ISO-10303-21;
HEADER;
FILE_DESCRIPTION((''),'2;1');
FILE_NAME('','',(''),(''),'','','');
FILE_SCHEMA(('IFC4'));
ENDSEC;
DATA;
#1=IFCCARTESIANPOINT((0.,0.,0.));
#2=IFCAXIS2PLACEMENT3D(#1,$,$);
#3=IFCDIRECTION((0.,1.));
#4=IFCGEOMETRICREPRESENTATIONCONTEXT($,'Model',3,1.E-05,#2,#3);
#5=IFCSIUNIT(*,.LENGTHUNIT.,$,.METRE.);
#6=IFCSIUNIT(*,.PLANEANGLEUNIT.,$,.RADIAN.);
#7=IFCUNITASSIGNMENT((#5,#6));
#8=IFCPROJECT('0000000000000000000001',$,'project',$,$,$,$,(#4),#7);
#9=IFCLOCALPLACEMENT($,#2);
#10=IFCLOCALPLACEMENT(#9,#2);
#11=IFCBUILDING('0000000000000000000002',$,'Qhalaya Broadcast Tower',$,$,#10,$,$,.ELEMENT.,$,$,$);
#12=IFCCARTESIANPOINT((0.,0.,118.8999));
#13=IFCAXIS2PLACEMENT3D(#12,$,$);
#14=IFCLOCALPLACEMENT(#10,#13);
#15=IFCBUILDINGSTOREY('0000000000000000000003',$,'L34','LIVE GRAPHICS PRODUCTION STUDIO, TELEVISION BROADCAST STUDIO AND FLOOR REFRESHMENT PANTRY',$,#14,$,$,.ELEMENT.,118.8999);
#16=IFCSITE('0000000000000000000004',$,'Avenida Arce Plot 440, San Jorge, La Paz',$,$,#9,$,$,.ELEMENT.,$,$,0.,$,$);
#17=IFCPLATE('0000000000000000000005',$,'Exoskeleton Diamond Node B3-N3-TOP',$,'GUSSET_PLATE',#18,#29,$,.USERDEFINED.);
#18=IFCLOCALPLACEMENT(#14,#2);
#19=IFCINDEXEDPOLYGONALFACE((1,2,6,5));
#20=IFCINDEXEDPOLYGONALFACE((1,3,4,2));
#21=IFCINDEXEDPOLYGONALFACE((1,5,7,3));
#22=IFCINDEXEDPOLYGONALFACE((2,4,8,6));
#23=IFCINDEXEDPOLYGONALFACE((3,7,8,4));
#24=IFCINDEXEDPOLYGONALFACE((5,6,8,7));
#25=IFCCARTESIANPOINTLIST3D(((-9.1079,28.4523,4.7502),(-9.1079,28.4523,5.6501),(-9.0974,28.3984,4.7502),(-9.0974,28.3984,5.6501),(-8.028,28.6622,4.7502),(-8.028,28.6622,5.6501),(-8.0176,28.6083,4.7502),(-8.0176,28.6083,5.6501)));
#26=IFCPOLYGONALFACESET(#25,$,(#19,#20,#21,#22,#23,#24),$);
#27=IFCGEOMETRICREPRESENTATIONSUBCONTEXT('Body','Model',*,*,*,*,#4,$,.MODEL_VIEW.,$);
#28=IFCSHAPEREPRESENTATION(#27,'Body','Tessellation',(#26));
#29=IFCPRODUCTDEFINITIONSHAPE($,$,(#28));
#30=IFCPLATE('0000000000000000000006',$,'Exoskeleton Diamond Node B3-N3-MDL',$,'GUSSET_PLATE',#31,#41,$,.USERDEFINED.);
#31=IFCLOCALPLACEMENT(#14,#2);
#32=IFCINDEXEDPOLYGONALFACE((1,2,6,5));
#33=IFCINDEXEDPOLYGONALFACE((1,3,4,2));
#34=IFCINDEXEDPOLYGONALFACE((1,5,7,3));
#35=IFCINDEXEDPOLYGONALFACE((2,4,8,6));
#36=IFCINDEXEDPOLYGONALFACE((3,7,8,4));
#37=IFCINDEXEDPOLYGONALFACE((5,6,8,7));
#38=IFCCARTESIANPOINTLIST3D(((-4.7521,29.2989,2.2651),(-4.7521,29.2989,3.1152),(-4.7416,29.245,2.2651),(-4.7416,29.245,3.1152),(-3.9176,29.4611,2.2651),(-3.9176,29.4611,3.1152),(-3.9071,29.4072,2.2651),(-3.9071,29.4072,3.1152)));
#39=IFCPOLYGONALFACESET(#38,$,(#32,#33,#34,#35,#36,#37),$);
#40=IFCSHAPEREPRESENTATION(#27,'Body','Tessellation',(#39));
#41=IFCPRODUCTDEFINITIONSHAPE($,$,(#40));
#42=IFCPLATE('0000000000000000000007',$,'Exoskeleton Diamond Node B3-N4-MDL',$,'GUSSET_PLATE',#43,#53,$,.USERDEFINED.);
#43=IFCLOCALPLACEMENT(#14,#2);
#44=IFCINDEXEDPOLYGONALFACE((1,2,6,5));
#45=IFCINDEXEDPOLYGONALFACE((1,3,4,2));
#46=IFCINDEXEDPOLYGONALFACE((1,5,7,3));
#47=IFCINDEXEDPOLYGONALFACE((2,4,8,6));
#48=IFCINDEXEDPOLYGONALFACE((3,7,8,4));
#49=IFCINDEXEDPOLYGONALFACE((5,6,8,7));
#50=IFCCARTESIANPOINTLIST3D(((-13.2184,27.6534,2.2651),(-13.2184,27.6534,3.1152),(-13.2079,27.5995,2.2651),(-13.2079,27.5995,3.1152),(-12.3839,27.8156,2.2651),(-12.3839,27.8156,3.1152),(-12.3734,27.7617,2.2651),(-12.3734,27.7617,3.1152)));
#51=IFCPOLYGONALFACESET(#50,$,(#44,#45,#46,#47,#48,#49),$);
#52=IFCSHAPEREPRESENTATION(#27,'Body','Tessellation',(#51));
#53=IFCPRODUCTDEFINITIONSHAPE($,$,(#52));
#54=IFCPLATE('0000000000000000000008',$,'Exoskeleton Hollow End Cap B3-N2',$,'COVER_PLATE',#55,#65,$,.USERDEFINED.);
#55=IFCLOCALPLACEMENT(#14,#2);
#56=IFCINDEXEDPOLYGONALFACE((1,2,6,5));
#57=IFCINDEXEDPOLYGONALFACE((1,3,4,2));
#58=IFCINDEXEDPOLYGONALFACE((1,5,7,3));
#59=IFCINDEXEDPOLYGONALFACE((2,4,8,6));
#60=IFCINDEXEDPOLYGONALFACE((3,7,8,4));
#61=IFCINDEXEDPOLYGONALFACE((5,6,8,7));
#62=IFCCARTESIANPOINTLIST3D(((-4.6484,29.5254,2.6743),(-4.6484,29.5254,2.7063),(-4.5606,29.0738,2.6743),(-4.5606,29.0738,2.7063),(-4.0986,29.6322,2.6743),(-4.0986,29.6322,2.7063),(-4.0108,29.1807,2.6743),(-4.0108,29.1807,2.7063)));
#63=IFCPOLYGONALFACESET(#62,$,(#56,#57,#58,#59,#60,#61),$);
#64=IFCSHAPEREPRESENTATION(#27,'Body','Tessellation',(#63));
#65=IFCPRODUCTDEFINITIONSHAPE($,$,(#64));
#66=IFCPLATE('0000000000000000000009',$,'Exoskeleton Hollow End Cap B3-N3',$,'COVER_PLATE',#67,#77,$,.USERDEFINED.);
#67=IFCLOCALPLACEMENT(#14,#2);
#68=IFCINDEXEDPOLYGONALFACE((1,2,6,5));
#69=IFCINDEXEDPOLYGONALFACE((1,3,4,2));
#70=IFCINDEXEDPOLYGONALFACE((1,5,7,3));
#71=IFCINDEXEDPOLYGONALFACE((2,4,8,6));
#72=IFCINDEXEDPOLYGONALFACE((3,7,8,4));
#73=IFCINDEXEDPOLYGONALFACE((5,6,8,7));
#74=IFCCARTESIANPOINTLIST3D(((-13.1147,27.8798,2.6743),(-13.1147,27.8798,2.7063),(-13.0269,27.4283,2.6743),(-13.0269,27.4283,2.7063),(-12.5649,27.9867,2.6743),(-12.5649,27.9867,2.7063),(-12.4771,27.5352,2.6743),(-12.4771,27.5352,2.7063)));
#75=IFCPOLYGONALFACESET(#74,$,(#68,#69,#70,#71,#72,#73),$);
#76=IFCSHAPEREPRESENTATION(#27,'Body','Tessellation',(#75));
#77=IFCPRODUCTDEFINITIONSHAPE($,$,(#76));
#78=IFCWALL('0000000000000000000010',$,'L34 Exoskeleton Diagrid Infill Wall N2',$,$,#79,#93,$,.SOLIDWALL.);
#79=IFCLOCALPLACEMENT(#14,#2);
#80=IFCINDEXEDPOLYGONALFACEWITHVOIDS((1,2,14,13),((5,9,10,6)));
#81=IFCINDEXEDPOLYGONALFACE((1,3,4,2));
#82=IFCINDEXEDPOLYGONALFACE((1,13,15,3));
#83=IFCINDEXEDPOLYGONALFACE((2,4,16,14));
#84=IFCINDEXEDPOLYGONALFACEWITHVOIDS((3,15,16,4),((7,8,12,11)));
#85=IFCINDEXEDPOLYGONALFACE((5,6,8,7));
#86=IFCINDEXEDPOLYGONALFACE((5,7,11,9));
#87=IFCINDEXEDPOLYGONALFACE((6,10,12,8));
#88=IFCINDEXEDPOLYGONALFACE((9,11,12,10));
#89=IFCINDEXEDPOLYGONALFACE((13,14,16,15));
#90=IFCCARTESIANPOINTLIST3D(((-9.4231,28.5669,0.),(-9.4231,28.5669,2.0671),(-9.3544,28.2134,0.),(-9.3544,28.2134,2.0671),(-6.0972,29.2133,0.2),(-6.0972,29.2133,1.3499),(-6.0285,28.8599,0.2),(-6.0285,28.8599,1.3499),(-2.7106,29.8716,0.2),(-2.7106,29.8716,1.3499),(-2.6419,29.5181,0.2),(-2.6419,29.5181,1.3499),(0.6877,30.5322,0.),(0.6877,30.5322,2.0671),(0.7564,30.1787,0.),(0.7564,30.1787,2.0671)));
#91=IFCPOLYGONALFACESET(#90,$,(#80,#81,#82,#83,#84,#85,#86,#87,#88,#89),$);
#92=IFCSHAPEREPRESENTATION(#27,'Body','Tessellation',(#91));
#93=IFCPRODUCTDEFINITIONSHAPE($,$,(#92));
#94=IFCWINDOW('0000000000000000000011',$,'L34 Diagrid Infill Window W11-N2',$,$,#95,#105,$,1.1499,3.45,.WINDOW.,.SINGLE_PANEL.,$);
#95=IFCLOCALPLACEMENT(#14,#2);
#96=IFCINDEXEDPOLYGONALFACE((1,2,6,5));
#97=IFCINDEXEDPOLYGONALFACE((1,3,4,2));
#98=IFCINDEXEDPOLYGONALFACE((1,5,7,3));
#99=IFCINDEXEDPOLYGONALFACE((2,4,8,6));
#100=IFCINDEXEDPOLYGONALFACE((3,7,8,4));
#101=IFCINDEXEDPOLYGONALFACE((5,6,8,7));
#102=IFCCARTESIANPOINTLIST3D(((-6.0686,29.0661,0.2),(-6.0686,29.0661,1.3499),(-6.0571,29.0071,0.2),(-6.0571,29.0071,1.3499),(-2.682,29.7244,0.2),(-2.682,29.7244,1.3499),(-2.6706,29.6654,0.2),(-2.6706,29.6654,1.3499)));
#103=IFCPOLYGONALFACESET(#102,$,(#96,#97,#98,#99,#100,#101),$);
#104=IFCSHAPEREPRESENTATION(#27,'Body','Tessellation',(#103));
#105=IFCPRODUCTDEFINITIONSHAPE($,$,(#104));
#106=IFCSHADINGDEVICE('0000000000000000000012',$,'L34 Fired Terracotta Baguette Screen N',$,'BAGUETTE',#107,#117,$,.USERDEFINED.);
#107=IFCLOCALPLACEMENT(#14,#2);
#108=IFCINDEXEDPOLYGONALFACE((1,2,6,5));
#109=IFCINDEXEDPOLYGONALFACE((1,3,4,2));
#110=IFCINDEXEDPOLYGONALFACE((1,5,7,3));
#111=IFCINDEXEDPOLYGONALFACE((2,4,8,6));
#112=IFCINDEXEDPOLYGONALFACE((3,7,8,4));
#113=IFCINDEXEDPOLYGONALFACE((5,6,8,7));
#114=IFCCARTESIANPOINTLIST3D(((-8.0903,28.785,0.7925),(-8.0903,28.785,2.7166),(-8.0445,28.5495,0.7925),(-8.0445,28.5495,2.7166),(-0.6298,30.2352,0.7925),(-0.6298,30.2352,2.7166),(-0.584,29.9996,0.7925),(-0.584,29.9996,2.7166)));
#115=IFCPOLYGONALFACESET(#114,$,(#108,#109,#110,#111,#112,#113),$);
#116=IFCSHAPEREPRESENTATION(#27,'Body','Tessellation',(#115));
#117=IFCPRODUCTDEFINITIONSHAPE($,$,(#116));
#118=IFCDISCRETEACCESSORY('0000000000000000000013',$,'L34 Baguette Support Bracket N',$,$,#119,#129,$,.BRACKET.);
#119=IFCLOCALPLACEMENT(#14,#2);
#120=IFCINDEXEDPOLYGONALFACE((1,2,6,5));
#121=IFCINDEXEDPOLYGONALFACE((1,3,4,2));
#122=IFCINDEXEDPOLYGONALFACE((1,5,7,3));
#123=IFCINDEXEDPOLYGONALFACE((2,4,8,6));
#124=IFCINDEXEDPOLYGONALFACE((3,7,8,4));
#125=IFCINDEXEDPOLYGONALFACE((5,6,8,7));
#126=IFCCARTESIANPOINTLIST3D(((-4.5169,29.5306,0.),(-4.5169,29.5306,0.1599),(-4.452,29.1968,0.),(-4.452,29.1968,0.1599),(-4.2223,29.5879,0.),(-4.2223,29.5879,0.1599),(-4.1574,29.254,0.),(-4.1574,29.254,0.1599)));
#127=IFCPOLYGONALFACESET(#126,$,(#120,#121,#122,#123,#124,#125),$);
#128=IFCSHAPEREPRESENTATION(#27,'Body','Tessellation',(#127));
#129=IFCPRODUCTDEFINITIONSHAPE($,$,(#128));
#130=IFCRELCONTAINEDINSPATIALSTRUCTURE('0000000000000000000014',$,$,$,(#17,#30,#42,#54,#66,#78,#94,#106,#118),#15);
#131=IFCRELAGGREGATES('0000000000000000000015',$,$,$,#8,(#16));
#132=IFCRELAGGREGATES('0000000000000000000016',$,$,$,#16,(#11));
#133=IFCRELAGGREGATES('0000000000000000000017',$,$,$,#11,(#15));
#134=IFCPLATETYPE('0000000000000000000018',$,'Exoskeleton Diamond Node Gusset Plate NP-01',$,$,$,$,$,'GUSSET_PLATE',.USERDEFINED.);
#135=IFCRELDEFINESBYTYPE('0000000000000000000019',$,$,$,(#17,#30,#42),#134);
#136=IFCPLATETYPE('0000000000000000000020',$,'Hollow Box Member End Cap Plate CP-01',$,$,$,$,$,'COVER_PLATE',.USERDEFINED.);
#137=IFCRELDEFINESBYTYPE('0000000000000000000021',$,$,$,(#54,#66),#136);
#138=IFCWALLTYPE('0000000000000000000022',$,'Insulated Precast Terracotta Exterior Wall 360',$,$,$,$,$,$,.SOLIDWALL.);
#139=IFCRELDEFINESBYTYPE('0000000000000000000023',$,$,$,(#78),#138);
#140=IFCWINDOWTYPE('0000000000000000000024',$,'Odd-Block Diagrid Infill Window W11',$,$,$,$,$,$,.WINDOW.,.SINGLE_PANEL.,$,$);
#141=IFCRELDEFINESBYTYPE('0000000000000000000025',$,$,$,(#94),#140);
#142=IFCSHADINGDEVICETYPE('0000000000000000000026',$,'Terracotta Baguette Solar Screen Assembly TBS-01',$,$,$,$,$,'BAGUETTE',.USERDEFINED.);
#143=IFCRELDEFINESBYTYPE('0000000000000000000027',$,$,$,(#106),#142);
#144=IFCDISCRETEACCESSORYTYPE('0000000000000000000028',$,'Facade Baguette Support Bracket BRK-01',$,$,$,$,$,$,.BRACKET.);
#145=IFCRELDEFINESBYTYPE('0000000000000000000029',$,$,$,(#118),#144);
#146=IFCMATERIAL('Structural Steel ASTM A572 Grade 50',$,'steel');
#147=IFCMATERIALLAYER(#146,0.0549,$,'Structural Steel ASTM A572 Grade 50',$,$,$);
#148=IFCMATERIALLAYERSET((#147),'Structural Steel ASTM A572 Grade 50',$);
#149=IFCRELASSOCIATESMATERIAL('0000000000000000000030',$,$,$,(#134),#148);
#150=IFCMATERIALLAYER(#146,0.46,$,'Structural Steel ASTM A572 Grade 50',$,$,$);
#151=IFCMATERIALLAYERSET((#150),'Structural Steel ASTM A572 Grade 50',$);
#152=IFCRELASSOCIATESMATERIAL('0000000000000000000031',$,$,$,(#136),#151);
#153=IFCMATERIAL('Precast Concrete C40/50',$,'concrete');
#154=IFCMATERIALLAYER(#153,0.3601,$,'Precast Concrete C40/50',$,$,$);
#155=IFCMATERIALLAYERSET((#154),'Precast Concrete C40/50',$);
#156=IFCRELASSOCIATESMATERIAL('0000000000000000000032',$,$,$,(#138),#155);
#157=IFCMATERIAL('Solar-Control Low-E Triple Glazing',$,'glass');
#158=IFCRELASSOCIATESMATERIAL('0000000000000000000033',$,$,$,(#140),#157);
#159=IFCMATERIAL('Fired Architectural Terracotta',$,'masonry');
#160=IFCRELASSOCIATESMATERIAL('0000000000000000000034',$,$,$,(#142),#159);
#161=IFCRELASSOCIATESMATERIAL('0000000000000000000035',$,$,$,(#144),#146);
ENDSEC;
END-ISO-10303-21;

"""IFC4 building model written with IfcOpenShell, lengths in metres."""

from ifc_helpers import new_model, si_unit, direction, frame, frame_2d, origin, origin_2d, place, context, subcontext, project, spatial, rectangle, extrude, material, layer, layer_set, type_object, element, fill, save


model = new_model("IFC4")

# Units and contexts
model_context = context("Model", 3, precision=1e-05, world=origin(), true_north=direction((0.0, 1.0)))
body_context = subcontext(model_context, "Body", "Model", "MODEL_VIEW")
ifc_project = project(units=[si_unit("LENGTHUNIT", "METRE"), si_unit("PLANEANGLEUNIT", "RADIAN")], contexts=[model_context])

# Site, building, storey
site_placement = place(None, origin())
site = spatial("IfcSite", under=ifc_project, at=site_placement, Name="Avenida Arce Plot 440, San Jorge, La Paz", CompositionType="ELEMENT", RefElevation=0.0)
building_placement = place(site_placement, origin())
building = spatial("IfcBuilding", under=site, at=building_placement, Name="Qhalaya Broadcast Tower", CompositionType="ELEMENT")
storey_placement = place(building_placement, frame((0.0, 0.0, 118.8999)))
storey = spatial("IfcBuildingStorey", under=building, at=storey_placement, Name="L34", Description="LIVE GRAPHICS PRODUCTION STUDIO, TELEVISION BROADCAST STUDIO AND FLOOR REFRESHMENT PANTRY", CompositionType="ELEMENT", Elevation=118.8999)

# Shared definitions
ifc_material_1 = material(Name="Structural Steel ASTM A572 Grade 50", Category="steel")

# Plates
ifc_layer_1 = layer(ifc_material_1, 0.0549, Name="Structural Steel ASTM A572 Grade 50")
ifc_layer_set_1 = layer_set([ifc_layer_1], Name="Structural Steel ASTM A572 Grade 50")
plate_type_1 = type_object("IfcPlateType", Name="Exoskeleton Diamond Node Gusset Plate NP-01", ElementType="GUSSET_PLATE", PredefinedType="USERDEFINED", material=ifc_layer_set_1)
for number, where, z_axis, x_axis, name in (
    (1, (-8.5627, 28.5303, 4.7502), (0.0, 0.0, 1.0), (0.981627, 0.190809, 0.0), "Exoskeleton Diamond Node B3-N3-TOP"),
):
    element("IfcPlate", number, at=place(storey_placement, frame(where, z_axis=z_axis, x_axis=x_axis)), inside=storey, type_object=plate_type_1, Name=name, ObjectType="GUSSET_PLATE", PredefinedType="USERDEFINED", context=body_context, shape_type="SweptSolid", body=[
        extrude(rectangle(XDim=1.1001, YDim=0.0549, at=origin_2d()), origin(), (0.0, 0.0, 1.0), 0.8999),
    ])
for number, where, z_axis, x_axis, name in (
    (2, (-4.3296, 29.353, 2.2651), (0.0, 0.0, 1.0), (0.981627, 0.190809, 0.0), "Exoskeleton Diamond Node B3-N3-MDL"),
    (3, (-12.7959, 27.7075, 2.2651), (0.0, 0.0, 1.0), (0.981627, 0.190809, 0.0), "Exoskeleton Diamond Node B3-N4-MDL"),
):
    element("IfcPlate", number, at=place(storey_placement, frame(where, z_axis=z_axis, x_axis=x_axis)), inside=storey, type_object=plate_type_1, Name=name, ObjectType="GUSSET_PLATE", PredefinedType="USERDEFINED", context=body_context, shape_type="SweptSolid", body=[
        extrude(rectangle(XDim=0.8501, YDim=0.0549, at=origin_2d()), origin(), (0.0, 0.0, 1.0), 0.8501),
    ])
ifc_layer_2 = layer(ifc_material_1, 0.46, Name="Structural Steel ASTM A572 Grade 50")
ifc_layer_set_2 = layer_set([ifc_layer_2], Name="Structural Steel ASTM A572 Grade 50")
plate_type_2 = type_object("IfcPlateType", Name="Hollow Box Member End Cap Plate CP-01", ElementType="COVER_PLATE", PredefinedType="USERDEFINED", material=ifc_layer_set_2)
for number, where, z_axis, x_axis, name in (
    (4, (-4.3296, 29.353, 2.6743), (0.0, 0.0, 1.0), (0.981627, 0.190809, 0.0), "Exoskeleton Hollow End Cap B3-N2"),
    (5, (-12.7959, 27.7075, 2.6743), (0.0, 0.0, 1.0), (0.981627, 0.190809, 0.0), "Exoskeleton Hollow End Cap B3-N3"),
):
    element("IfcPlate", number, at=place(storey_placement, frame(where, z_axis=z_axis, x_axis=x_axis)), inside=storey, type_object=plate_type_2, Name=name, ObjectType="COVER_PLATE", PredefinedType="USERDEFINED", context=body_context, shape_type="SweptSolid", body=[
        extrude(rectangle(XDim=0.5601, YDim=0.46, at=origin_2d()), origin(), (0.0, 0.0, 1.0), 0.032),
    ])

# Wall, opening, window
ifc_material_2 = material(Name="Precast Concrete C40/50", Category="concrete")
ifc_layer_3 = layer(ifc_material_2, 0.3601, Name="Precast Concrete C40/50")
ifc_layer_set_3 = layer_set([ifc_layer_3], Name="Precast Concrete C40/50")
wall_type = type_object("IfcWallType", Name="Insulated Precast Terracotta Exterior Wall 360", PredefinedType="SOLIDWALL", material=ifc_layer_set_3)
wall_placement = place(storey_placement, frame((-9.3887, 28.3901, 0.0), z_axis=(0.0, 0.0, 1.0), x_axis=(0.981627, 0.190807, 0.0)))
wall = element("IfcWall", 6, at=wall_placement, inside=storey, type_object=wall_type, Name="L34 Exoskeleton Diagrid Infill Wall N2", PredefinedType="SOLIDWALL", context=body_context, shape_type="SweptSolid", body=[
    extrude(rectangle(XDim=10.3, YDim=0.3601, at=frame_2d((5.1499, 0.0))), origin(), (0.0, 0.0, 1.0), 2.0671),
])
opening_placement = place(wall_placement, frame((3.3879, 0.0, 0.2)))
opening = element("IfcOpeningElement", 7, at=opening_placement, cuts=wall, PredefinedType="OPENING", context=body_context, shape_type="SweptSolid", body=[
    extrude(rectangle(XDim=3.45, YDim=1.1499, at=frame_2d((1.7251, 0.575))), frame((0.0, 0.1921, 0.0), z_axis=(0.0, -1.0, 0.0), x_axis=(1.0, 0.0, 0.0)), (0.0, 0.0, 1.0), 0.384),
])
ifc_material_3 = material(Name="Solar-Control Low-E Triple Glazing", Category="glass")
window_type = type_object("IfcWindowType", Name="Odd-Block Diagrid Infill Window W11", PartitioningType="SINGLE_PANEL", PredefinedType="WINDOW", material=ifc_material_3)
window_placement = place(opening_placement, origin())
window = element("IfcWindow", 8, at=window_placement, inside=storey, type_object=window_type, Name="L34 Diagrid Infill Window W11-N2", OverallHeight=1.1499, OverallWidth=3.45, PartitioningType="SINGLE_PANEL", PredefinedType="WINDOW", context=body_context, shape_type="SweptSolid", body=[
    extrude(rectangle(XDim=3.45, YDim=1.1499, at=frame_2d((1.7251, 0.575))), frame((0.0, 0.03, 0.0), z_axis=(0.0, -1.0, 0.0), x_axis=(1.0, 0.0, 0.0)), (0.0, 0.0, 1.0), 0.0601),
])
fill(opening, window)

# Shading device
ifc_material_4 = material(Name="Fired Architectural Terracotta", Category="masonry")
shading_device_type = type_object("IfcShadingDeviceType", Name="Terracotta Baguette Solar Screen Assembly TBS-01", ElementType="BAGUETTE", PredefinedType="USERDEFINED", material=ifc_material_4)
shading_device_placement = place(storey_placement, frame((-4.3372, 29.3923, 0.7925), z_axis=(0.0, 0.0, 1.0), x_axis=(-0.981627, -0.190809, 0.0)))
element("IfcShadingDevice", 9, at=shading_device_placement, inside=storey, type_object=shading_device_type, Name="L34 Fired Terracotta Baguette Screen N", ObjectType="BAGUETTE", PredefinedType="USERDEFINED", context=body_context, shape_type="SweptSolid", body=[
    extrude(rectangle(XDim=7.6001, YDim=0.24, at=origin_2d()), origin(), (0.0, 0.0, 1.0), 1.9241),
])

# Discrete accessory
discrete_accessory_type = type_object("IfcDiscreteAccessoryType", Name="Facade Baguette Support Bracket BRK-01", PredefinedType="BRACKET", material=ifc_material_1)
discrete_accessory_placement = place(storey_placement, frame((-4.3372, 29.3923, 0.0), z_axis=(0.0, 0.0, 1.0), x_axis=(-0.981627, -0.190809, 0.0)))
element("IfcDiscreteAccessory", 10, at=discrete_accessory_placement, inside=storey, type_object=discrete_accessory_type, Name="L34 Baguette Support Bracket N", PredefinedType="BRACKET", context=body_context, shape_type="SweptSolid", body=[
    extrude(rectangle(XDim=0.3, YDim=0.3401, at=origin_2d()), origin(), (0.0, 0.0, 1.0), 0.1599),
])

save(model, "model.ifc")
